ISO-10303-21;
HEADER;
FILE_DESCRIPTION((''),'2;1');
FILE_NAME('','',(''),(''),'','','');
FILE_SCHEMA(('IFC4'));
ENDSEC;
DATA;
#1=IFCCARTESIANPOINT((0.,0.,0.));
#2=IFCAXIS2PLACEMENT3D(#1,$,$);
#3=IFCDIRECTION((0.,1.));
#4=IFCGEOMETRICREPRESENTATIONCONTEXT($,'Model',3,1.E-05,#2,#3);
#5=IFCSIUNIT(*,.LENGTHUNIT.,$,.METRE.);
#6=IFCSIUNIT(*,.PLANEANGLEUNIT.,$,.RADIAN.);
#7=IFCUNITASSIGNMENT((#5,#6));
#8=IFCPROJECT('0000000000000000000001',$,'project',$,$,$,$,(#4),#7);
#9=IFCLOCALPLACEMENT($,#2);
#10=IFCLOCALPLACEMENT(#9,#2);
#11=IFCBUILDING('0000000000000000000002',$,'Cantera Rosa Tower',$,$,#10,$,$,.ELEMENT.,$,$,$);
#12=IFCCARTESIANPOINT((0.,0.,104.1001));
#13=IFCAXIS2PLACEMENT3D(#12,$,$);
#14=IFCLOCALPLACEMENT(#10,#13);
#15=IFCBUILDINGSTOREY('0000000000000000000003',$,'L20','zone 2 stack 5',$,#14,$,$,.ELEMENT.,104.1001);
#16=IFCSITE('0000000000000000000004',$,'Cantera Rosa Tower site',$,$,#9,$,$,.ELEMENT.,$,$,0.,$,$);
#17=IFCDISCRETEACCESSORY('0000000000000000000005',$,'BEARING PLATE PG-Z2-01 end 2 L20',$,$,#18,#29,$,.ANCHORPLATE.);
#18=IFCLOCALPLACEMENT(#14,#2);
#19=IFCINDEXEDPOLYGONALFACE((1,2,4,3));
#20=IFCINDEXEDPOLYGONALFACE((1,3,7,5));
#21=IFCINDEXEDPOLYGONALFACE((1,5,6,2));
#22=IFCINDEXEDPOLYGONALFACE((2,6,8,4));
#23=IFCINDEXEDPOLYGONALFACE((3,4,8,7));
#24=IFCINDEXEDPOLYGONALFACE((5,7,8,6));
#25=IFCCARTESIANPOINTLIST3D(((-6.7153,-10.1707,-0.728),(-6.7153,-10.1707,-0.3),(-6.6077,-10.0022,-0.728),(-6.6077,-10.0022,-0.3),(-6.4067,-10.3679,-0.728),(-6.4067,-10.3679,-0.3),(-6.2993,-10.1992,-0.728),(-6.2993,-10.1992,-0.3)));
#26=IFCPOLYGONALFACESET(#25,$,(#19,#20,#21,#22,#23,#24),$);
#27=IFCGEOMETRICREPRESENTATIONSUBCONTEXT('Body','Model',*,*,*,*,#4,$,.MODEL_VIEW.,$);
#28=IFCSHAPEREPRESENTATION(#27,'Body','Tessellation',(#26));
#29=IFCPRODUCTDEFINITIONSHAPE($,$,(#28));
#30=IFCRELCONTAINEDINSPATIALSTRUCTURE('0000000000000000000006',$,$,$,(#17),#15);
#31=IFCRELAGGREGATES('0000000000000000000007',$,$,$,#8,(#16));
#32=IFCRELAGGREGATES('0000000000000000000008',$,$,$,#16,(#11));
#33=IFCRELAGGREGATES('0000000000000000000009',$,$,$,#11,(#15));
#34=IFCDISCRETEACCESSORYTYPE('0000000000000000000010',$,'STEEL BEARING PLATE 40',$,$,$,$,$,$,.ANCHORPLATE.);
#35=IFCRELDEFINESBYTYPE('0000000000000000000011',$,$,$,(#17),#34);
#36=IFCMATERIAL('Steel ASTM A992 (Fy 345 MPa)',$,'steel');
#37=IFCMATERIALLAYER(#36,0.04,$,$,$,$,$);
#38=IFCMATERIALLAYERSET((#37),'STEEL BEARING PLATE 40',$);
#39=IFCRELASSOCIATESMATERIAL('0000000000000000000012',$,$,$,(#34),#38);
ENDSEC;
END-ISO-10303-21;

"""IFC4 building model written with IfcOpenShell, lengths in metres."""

from ifc_helpers import new_model, si_unit, direction, frame, origin, place, context, subcontext, project, spatial, polyline, outline, extrude, material, layer, layer_set, type_object, element, save


model = new_model("IFC4")

# Units and contexts
model_context = context("Model", 3, precision=1e-05, world=origin(), true_north=direction((0.0, 1.0)))
body_context = subcontext(model_context, "Body", "Model", "MODEL_VIEW")
ifc_project = project(units=[si_unit("LENGTHUNIT", "METRE"), si_unit("PLANEANGLEUNIT", "RADIAN")], contexts=[model_context])

# Site, building, storey
site_placement = place(None, origin())
site = spatial("IfcSite", under=ifc_project, at=site_placement, Name="Cantera Rosa Tower site", CompositionType="ELEMENT", RefElevation=0.0)
building_placement = place(site_placement, origin())
building = spatial("IfcBuilding", under=site, at=building_placement, Name="Cantera Rosa Tower", CompositionType="ELEMENT")
storey_placement = place(building_placement, frame((0.0, 0.0, 104.1001)))
storey = spatial("IfcBuildingStorey", under=building, at=storey_placement, Name="L20", Description="zone 2 stack 5", CompositionType="ELEMENT", Elevation=104.1001)

# Discrete accessory
ifc_material_1 = material(Name="Steel ASTM A992 (Fy 345 MPa)", Category="steel")
ifc_layer_1 = layer(ifc_material_1, 0.04)
ifc_layer_set_1 = layer_set([ifc_layer_1], Name="STEEL BEARING PLATE 40")
discrete_accessory_type = type_object("IfcDiscreteAccessoryType", Name="STEEL BEARING PLATE 40", PredefinedType="ANCHORPLATE", material=ifc_layer_set_1)
discrete_accessory_1_placement = place(storey_placement, frame((0.0, 0.0, -0.728)))
element("IfcDiscreteAccessory", 1, at=discrete_accessory_1_placement, inside=storey, type_object=discrete_accessory_type, Name="BEARING PLATE PG-Z2-01 end 2 L20", PredefinedType="ANCHORPLATE", context=body_context, shape_type="SweptSolid", body=[
    extrude(outline(polyline([(-6.4067, -10.3679), (-6.2993, -10.1992), (-6.6077, -10.0022), (-6.7153, -10.1707), (-6.4067, -10.3679)])), origin(), (0.0, 0.0, 1.0), 0.428),
])

save(model, "model.ifc")
